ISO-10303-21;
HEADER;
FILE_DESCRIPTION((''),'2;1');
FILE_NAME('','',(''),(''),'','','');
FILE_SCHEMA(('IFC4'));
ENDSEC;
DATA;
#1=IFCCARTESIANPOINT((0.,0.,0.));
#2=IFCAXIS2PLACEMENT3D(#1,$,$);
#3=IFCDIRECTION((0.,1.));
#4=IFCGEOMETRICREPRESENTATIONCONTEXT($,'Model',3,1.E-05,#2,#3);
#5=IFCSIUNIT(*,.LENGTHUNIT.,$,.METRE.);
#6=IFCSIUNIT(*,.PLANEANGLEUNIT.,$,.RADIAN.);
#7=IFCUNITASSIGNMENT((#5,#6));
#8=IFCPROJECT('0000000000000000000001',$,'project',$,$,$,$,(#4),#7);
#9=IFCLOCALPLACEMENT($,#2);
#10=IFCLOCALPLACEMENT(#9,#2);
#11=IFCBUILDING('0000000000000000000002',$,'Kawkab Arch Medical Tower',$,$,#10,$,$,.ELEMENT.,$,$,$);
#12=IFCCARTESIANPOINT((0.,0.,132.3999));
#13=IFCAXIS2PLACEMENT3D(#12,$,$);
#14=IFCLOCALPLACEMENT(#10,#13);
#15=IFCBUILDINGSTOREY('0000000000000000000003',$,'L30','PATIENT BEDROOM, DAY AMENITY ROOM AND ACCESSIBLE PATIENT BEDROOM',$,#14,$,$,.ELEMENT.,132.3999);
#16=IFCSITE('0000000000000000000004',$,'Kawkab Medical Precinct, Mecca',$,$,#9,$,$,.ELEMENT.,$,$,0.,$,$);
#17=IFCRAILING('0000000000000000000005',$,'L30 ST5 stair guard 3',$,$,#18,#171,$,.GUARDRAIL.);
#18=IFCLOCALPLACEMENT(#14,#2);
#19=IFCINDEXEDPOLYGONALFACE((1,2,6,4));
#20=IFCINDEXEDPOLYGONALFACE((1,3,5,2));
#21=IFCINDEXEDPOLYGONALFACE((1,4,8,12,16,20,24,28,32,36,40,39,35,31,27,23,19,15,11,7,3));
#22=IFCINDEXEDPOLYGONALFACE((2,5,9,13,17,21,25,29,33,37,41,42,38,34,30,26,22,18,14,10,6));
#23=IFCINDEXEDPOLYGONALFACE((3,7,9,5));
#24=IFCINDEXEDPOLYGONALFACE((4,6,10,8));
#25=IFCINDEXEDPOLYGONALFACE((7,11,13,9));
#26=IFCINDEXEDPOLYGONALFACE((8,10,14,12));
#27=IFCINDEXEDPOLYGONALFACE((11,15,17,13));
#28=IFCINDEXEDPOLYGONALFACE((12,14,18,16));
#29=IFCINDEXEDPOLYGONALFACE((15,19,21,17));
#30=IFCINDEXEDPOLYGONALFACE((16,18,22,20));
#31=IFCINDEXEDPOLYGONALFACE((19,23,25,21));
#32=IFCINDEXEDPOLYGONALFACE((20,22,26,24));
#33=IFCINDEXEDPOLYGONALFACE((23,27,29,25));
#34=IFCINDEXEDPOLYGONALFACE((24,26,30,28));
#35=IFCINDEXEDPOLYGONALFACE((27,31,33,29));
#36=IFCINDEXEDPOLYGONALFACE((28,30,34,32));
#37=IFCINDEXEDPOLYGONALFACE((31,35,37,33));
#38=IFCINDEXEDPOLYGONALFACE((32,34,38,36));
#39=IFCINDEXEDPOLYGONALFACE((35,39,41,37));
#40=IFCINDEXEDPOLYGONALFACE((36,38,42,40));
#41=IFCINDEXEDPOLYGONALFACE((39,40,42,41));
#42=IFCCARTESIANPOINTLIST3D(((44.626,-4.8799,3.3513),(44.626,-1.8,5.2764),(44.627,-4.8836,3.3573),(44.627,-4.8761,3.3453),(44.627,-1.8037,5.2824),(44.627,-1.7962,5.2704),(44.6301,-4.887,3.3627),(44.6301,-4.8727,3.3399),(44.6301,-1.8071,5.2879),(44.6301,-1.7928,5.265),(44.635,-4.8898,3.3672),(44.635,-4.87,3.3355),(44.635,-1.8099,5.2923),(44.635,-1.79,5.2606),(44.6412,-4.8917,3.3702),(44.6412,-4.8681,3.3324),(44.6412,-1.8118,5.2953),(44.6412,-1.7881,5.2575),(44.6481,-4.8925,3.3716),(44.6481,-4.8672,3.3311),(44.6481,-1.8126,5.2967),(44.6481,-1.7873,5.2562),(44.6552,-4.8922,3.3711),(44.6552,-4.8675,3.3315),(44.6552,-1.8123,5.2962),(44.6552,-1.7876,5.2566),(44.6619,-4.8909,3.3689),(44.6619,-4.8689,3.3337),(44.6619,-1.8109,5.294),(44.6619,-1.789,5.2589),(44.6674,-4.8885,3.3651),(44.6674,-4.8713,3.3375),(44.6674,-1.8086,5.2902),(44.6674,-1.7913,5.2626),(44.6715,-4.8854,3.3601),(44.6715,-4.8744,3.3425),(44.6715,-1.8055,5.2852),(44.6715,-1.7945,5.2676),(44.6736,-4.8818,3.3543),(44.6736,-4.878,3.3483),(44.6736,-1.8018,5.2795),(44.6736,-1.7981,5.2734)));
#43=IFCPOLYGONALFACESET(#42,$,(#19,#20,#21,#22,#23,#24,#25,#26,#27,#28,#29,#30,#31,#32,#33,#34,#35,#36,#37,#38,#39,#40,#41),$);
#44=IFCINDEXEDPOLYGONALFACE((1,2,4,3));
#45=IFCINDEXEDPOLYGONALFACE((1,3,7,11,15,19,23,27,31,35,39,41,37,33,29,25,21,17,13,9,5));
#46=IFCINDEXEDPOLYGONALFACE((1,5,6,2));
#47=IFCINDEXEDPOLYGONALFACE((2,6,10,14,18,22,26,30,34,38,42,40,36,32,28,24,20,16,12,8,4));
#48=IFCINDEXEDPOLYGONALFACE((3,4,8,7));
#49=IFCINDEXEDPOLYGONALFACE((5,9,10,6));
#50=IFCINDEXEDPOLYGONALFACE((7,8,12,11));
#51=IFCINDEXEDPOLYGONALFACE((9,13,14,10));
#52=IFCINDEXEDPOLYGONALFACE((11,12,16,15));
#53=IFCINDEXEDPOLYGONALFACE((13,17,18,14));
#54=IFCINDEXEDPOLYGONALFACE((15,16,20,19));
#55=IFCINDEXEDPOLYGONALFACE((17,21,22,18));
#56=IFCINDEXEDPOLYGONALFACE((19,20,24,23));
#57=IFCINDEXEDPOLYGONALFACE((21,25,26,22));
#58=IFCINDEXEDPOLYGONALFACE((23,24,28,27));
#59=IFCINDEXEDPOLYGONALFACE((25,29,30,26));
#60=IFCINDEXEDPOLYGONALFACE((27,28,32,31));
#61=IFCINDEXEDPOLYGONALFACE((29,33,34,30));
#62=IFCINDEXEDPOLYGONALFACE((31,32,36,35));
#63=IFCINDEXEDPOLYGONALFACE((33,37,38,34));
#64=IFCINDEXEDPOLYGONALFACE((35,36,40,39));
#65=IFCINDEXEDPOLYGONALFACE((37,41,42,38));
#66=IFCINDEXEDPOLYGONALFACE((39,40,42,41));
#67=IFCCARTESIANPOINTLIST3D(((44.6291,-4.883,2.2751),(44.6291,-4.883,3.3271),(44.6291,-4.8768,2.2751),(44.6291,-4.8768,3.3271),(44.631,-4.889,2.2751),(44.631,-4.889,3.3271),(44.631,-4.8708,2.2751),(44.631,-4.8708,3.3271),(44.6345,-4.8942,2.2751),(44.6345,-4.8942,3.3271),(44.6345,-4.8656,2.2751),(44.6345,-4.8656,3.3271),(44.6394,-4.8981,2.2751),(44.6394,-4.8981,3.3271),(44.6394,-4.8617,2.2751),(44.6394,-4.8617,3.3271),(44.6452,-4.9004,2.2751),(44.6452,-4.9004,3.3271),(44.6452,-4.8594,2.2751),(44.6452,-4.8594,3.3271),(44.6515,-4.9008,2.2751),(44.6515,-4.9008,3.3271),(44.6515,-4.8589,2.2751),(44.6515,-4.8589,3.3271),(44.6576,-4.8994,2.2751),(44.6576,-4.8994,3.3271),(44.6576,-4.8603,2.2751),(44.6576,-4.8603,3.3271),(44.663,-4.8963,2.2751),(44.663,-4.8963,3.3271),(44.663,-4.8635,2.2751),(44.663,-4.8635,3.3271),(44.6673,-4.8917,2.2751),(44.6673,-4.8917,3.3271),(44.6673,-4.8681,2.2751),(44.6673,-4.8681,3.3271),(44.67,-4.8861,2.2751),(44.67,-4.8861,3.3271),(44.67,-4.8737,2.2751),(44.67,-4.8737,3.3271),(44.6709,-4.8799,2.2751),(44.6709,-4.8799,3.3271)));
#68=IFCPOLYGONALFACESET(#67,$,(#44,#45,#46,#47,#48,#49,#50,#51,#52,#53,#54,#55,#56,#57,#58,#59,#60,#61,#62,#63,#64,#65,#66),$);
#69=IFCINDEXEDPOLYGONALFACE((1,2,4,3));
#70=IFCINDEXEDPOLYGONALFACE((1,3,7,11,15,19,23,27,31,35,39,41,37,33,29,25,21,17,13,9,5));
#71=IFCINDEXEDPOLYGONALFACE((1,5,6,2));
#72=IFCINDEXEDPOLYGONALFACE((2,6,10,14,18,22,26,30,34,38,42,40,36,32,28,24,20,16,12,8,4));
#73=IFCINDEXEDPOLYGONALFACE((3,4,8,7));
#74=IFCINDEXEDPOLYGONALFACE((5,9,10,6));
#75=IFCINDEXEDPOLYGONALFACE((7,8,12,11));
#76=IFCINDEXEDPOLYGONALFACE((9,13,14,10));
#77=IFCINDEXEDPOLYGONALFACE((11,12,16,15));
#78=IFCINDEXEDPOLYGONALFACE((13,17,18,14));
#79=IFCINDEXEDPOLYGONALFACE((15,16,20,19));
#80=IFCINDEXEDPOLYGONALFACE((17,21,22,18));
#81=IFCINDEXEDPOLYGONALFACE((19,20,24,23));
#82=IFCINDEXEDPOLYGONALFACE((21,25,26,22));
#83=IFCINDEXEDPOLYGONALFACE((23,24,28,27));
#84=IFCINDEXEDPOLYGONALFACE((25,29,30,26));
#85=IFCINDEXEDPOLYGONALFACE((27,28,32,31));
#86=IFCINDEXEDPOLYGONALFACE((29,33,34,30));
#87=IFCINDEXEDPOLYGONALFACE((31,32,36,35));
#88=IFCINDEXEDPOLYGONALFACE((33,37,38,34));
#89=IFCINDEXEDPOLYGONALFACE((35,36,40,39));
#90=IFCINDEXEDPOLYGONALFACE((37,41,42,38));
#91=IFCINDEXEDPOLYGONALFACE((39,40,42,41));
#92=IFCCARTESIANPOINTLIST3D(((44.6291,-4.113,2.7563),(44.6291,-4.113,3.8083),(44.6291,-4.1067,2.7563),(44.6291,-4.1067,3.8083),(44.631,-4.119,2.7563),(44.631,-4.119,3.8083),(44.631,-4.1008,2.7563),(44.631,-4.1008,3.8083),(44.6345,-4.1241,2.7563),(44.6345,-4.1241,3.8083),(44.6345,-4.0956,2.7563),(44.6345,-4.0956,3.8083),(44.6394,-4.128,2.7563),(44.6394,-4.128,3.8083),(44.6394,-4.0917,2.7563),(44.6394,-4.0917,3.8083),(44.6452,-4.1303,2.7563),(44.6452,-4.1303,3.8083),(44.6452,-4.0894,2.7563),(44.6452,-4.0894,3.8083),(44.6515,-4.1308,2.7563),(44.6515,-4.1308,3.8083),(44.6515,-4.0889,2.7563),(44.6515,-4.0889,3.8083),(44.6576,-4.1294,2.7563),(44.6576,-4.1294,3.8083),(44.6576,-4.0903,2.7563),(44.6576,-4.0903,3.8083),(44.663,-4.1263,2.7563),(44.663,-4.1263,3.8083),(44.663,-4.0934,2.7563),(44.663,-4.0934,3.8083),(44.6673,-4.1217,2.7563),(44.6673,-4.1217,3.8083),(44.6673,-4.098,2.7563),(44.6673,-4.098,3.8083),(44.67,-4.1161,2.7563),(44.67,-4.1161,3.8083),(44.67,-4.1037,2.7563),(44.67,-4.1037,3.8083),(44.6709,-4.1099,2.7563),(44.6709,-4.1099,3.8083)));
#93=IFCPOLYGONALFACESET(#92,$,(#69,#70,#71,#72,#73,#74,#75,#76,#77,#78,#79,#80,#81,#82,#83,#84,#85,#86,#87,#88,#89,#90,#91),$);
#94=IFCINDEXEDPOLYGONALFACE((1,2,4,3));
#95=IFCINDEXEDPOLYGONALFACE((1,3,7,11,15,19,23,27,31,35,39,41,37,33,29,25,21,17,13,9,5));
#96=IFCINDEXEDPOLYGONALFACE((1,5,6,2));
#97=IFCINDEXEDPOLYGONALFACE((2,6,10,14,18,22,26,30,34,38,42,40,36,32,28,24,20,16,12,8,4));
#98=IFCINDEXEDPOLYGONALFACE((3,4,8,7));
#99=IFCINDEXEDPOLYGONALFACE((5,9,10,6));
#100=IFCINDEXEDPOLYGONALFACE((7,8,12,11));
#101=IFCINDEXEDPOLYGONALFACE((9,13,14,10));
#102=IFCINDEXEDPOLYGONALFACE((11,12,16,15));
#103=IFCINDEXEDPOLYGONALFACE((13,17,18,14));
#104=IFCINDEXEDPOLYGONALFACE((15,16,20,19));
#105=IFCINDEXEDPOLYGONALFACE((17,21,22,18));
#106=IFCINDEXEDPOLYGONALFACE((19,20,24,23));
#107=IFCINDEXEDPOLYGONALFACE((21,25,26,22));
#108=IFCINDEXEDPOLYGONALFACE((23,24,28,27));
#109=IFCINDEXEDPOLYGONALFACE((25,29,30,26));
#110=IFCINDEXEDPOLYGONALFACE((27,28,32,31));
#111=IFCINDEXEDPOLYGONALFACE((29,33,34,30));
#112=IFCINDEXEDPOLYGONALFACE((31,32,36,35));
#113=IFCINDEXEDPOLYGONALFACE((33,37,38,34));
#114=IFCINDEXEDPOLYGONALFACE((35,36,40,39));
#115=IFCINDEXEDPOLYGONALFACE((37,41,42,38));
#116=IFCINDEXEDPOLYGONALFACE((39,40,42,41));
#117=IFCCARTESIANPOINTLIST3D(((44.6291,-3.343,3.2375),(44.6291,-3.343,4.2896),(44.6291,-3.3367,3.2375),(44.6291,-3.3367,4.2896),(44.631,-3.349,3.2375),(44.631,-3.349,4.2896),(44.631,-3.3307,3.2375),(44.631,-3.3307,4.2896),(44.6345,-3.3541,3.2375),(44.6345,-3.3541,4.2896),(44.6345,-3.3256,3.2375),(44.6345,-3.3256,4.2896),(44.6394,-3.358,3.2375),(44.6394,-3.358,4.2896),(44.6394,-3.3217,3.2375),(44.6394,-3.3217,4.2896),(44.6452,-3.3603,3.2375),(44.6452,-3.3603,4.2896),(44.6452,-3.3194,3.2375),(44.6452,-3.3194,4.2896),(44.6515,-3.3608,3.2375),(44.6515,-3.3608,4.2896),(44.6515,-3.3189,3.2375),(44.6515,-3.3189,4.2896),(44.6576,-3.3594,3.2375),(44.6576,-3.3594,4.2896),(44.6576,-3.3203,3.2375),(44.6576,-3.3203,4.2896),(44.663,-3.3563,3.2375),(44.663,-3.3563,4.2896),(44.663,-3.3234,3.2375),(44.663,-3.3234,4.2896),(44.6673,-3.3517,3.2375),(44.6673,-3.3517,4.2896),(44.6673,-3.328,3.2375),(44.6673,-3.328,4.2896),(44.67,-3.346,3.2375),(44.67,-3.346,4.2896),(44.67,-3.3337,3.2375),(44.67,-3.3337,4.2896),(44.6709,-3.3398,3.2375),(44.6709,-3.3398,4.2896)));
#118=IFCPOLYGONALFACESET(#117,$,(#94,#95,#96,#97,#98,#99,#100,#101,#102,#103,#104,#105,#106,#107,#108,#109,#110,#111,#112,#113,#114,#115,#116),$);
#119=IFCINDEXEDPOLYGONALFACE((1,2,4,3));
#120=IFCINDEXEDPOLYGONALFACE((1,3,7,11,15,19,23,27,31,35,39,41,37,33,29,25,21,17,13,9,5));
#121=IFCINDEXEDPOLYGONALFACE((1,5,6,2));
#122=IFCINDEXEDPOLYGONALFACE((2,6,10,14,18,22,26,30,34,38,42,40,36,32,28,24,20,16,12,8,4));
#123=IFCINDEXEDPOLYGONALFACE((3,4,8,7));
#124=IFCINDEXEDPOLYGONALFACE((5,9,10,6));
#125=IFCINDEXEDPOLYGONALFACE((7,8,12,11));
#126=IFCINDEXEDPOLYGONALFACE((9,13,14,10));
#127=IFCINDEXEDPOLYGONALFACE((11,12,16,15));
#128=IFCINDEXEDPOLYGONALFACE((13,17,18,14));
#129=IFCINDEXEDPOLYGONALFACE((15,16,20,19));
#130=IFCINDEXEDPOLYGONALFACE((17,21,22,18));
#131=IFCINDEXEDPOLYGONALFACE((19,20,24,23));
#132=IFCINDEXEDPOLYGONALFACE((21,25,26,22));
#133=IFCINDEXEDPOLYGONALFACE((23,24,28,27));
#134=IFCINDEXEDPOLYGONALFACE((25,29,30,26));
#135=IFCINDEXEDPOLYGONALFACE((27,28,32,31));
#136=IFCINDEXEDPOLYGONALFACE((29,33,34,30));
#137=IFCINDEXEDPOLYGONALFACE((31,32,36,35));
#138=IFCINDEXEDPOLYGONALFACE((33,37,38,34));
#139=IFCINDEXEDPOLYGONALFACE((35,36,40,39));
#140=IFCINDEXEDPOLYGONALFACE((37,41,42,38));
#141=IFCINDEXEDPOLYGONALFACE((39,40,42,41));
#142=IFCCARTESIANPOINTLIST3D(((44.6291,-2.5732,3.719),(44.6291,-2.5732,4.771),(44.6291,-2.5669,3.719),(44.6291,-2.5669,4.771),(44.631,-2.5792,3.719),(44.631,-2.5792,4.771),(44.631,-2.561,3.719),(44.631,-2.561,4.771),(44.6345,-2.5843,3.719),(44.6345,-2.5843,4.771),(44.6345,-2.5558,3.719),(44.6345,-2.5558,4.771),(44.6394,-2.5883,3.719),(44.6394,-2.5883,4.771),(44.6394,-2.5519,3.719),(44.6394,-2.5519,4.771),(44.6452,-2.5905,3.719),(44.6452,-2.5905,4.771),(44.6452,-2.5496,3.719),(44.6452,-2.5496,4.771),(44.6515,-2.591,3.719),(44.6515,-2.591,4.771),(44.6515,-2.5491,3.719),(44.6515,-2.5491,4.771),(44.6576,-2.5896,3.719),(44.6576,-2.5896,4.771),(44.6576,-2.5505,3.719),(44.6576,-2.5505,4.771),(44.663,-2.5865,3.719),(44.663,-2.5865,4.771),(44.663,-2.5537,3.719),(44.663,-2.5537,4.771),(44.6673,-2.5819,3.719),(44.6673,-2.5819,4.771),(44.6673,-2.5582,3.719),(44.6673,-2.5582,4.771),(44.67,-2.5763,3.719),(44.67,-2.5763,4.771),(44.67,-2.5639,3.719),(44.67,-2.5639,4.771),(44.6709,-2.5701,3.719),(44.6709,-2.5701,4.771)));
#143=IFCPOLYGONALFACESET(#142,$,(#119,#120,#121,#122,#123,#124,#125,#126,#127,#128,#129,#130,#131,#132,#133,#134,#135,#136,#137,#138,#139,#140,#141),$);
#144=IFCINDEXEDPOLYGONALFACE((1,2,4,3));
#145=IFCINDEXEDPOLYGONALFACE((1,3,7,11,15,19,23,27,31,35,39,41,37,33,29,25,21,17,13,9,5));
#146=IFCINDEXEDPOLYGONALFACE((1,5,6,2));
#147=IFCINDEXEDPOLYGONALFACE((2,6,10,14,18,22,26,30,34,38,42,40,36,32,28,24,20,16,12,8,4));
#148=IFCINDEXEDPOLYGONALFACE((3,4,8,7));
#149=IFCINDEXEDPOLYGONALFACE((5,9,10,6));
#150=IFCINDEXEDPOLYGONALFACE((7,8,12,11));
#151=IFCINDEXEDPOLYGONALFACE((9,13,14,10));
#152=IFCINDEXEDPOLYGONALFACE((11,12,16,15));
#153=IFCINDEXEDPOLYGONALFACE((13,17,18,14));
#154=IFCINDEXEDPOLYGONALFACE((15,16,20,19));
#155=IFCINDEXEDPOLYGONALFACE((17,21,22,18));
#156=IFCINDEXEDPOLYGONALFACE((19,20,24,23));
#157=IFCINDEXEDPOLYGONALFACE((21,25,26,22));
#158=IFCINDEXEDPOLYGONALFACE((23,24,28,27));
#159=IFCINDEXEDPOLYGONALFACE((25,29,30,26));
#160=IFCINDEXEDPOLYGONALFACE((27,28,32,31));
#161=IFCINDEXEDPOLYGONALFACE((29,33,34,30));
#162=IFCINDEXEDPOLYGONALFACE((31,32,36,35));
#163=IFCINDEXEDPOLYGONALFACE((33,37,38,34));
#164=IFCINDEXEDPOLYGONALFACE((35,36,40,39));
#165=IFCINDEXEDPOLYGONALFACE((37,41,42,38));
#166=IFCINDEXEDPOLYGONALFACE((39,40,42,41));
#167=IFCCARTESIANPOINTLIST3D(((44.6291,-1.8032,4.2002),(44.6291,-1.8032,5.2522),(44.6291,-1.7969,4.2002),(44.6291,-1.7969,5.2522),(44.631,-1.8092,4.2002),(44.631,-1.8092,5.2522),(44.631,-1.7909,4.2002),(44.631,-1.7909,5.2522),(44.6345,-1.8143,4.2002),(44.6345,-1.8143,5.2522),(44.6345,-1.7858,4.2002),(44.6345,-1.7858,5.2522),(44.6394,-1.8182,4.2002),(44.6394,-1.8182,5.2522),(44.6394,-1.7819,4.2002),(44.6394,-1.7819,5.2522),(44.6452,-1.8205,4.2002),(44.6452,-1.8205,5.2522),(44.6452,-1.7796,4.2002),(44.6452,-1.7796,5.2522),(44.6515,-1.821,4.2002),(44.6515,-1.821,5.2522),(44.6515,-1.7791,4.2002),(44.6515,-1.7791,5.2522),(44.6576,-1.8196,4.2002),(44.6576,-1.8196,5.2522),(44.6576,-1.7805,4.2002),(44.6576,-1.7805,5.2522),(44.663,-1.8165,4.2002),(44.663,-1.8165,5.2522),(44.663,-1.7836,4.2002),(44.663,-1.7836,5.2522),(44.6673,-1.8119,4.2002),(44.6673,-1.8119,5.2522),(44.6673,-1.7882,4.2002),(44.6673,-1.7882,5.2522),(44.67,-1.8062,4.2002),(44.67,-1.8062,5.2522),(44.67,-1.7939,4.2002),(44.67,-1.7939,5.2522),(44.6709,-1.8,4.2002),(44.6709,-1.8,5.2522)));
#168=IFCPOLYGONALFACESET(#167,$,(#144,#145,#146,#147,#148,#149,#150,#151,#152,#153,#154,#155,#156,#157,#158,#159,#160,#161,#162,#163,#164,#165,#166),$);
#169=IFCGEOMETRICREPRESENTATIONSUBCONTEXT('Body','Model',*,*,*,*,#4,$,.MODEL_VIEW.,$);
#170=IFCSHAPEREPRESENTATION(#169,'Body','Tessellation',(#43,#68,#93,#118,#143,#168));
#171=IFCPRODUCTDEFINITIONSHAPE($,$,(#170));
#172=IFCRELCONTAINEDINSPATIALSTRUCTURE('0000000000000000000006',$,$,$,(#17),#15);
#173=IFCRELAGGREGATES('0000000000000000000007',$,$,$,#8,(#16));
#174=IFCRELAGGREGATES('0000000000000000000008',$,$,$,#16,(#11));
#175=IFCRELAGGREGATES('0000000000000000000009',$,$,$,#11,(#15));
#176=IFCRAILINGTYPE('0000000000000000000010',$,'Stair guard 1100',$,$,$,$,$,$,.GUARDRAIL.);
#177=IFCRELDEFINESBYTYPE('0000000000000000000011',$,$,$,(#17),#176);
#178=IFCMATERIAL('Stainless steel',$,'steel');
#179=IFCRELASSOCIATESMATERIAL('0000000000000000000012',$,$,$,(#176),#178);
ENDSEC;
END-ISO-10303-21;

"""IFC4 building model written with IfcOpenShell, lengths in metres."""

from ifc_helpers import new_model, si_unit, direction, frame, origin, origin_2d, place, context, subcontext, project, spatial, circle, extrude, material, type_object, element, save


model = new_model("IFC4")

# Units and contexts
model_context = context("Model", 3, precision=1e-05, world=origin(), true_north=direction((0.0, 1.0)))
body_context = subcontext(model_context, "Body", "Model", "MODEL_VIEW")
ifc_project = project(units=[si_unit("LENGTHUNIT", "METRE"), si_unit("PLANEANGLEUNIT", "RADIAN")], contexts=[model_context])

# Site, building, storey
site_placement = place(None, origin())
site = spatial("IfcSite", under=ifc_project, at=site_placement, Name="Kawkab Medical Precinct, Mecca", CompositionType="ELEMENT", RefElevation=0.0)
building_placement = place(site_placement, origin())
building = spatial("IfcBuilding", under=site, at=building_placement, Name="Kawkab Arch Medical Tower", CompositionType="ELEMENT")
storey_placement = place(building_placement, frame((0.0, 0.0, 132.3999)))
storey = spatial("IfcBuildingStorey", under=building, at=storey_placement, Name="L30", Description="PATIENT BEDROOM, DAY AMENITY ROOM AND ACCESSIBLE PATIENT BEDROOM", CompositionType="ELEMENT", Elevation=132.3999)

# Railing
ifc_material_1 = material(Name="Stainless steel", Category="steel")
railing_type = type_object("IfcRailingType", Name="Stair guard 1100", PredefinedType="GUARDRAIL", material=ifc_material_1)
railing_1_placement = place(storey_placement, frame((44.6499, -4.8799, 2.2751)))
element("IfcRailing", 1, at=railing_1_placement, inside=storey, type_object=railing_type, Name="L30 ST5 stair guard 3", PredefinedType="GUARDRAIL", context=body_context, shape_type="SweptSolid", body=[
    extrude(circle(Radius=0.0239, at=origin_2d()), frame((0.0, 0.0, 1.0762), z_axis=(0.0, 0.847979, 0.530029), x_axis=(-1.0, 0.0, 0.0)), (0.0, 0.0, 1.0), 3.6321),
    extrude(circle(Radius=0.021, at=origin_2d()), origin(), (0.0, 0.0, 1.0), 1.052),
    extrude(circle(Radius=0.021, at=origin_2d()), frame((0.0, 0.77, 0.4812)), (0.0, 0.0, 1.0), 1.052),
    extrude(circle(Radius=0.021, at=origin_2d()), frame((0.0, 1.54, 0.9624)), (0.0, 0.0, 1.0), 1.052),
    extrude(circle(Radius=0.021, at=origin_2d()), frame((0.0, 2.3098, 1.4438)), (0.0, 0.0, 1.0), 1.052),
    extrude(circle(Radius=0.021, at=origin_2d()), frame((0.0, 3.0798, 1.925)), (0.0, 0.0, 1.0), 1.052),
])

save(model, "model.ifc")
